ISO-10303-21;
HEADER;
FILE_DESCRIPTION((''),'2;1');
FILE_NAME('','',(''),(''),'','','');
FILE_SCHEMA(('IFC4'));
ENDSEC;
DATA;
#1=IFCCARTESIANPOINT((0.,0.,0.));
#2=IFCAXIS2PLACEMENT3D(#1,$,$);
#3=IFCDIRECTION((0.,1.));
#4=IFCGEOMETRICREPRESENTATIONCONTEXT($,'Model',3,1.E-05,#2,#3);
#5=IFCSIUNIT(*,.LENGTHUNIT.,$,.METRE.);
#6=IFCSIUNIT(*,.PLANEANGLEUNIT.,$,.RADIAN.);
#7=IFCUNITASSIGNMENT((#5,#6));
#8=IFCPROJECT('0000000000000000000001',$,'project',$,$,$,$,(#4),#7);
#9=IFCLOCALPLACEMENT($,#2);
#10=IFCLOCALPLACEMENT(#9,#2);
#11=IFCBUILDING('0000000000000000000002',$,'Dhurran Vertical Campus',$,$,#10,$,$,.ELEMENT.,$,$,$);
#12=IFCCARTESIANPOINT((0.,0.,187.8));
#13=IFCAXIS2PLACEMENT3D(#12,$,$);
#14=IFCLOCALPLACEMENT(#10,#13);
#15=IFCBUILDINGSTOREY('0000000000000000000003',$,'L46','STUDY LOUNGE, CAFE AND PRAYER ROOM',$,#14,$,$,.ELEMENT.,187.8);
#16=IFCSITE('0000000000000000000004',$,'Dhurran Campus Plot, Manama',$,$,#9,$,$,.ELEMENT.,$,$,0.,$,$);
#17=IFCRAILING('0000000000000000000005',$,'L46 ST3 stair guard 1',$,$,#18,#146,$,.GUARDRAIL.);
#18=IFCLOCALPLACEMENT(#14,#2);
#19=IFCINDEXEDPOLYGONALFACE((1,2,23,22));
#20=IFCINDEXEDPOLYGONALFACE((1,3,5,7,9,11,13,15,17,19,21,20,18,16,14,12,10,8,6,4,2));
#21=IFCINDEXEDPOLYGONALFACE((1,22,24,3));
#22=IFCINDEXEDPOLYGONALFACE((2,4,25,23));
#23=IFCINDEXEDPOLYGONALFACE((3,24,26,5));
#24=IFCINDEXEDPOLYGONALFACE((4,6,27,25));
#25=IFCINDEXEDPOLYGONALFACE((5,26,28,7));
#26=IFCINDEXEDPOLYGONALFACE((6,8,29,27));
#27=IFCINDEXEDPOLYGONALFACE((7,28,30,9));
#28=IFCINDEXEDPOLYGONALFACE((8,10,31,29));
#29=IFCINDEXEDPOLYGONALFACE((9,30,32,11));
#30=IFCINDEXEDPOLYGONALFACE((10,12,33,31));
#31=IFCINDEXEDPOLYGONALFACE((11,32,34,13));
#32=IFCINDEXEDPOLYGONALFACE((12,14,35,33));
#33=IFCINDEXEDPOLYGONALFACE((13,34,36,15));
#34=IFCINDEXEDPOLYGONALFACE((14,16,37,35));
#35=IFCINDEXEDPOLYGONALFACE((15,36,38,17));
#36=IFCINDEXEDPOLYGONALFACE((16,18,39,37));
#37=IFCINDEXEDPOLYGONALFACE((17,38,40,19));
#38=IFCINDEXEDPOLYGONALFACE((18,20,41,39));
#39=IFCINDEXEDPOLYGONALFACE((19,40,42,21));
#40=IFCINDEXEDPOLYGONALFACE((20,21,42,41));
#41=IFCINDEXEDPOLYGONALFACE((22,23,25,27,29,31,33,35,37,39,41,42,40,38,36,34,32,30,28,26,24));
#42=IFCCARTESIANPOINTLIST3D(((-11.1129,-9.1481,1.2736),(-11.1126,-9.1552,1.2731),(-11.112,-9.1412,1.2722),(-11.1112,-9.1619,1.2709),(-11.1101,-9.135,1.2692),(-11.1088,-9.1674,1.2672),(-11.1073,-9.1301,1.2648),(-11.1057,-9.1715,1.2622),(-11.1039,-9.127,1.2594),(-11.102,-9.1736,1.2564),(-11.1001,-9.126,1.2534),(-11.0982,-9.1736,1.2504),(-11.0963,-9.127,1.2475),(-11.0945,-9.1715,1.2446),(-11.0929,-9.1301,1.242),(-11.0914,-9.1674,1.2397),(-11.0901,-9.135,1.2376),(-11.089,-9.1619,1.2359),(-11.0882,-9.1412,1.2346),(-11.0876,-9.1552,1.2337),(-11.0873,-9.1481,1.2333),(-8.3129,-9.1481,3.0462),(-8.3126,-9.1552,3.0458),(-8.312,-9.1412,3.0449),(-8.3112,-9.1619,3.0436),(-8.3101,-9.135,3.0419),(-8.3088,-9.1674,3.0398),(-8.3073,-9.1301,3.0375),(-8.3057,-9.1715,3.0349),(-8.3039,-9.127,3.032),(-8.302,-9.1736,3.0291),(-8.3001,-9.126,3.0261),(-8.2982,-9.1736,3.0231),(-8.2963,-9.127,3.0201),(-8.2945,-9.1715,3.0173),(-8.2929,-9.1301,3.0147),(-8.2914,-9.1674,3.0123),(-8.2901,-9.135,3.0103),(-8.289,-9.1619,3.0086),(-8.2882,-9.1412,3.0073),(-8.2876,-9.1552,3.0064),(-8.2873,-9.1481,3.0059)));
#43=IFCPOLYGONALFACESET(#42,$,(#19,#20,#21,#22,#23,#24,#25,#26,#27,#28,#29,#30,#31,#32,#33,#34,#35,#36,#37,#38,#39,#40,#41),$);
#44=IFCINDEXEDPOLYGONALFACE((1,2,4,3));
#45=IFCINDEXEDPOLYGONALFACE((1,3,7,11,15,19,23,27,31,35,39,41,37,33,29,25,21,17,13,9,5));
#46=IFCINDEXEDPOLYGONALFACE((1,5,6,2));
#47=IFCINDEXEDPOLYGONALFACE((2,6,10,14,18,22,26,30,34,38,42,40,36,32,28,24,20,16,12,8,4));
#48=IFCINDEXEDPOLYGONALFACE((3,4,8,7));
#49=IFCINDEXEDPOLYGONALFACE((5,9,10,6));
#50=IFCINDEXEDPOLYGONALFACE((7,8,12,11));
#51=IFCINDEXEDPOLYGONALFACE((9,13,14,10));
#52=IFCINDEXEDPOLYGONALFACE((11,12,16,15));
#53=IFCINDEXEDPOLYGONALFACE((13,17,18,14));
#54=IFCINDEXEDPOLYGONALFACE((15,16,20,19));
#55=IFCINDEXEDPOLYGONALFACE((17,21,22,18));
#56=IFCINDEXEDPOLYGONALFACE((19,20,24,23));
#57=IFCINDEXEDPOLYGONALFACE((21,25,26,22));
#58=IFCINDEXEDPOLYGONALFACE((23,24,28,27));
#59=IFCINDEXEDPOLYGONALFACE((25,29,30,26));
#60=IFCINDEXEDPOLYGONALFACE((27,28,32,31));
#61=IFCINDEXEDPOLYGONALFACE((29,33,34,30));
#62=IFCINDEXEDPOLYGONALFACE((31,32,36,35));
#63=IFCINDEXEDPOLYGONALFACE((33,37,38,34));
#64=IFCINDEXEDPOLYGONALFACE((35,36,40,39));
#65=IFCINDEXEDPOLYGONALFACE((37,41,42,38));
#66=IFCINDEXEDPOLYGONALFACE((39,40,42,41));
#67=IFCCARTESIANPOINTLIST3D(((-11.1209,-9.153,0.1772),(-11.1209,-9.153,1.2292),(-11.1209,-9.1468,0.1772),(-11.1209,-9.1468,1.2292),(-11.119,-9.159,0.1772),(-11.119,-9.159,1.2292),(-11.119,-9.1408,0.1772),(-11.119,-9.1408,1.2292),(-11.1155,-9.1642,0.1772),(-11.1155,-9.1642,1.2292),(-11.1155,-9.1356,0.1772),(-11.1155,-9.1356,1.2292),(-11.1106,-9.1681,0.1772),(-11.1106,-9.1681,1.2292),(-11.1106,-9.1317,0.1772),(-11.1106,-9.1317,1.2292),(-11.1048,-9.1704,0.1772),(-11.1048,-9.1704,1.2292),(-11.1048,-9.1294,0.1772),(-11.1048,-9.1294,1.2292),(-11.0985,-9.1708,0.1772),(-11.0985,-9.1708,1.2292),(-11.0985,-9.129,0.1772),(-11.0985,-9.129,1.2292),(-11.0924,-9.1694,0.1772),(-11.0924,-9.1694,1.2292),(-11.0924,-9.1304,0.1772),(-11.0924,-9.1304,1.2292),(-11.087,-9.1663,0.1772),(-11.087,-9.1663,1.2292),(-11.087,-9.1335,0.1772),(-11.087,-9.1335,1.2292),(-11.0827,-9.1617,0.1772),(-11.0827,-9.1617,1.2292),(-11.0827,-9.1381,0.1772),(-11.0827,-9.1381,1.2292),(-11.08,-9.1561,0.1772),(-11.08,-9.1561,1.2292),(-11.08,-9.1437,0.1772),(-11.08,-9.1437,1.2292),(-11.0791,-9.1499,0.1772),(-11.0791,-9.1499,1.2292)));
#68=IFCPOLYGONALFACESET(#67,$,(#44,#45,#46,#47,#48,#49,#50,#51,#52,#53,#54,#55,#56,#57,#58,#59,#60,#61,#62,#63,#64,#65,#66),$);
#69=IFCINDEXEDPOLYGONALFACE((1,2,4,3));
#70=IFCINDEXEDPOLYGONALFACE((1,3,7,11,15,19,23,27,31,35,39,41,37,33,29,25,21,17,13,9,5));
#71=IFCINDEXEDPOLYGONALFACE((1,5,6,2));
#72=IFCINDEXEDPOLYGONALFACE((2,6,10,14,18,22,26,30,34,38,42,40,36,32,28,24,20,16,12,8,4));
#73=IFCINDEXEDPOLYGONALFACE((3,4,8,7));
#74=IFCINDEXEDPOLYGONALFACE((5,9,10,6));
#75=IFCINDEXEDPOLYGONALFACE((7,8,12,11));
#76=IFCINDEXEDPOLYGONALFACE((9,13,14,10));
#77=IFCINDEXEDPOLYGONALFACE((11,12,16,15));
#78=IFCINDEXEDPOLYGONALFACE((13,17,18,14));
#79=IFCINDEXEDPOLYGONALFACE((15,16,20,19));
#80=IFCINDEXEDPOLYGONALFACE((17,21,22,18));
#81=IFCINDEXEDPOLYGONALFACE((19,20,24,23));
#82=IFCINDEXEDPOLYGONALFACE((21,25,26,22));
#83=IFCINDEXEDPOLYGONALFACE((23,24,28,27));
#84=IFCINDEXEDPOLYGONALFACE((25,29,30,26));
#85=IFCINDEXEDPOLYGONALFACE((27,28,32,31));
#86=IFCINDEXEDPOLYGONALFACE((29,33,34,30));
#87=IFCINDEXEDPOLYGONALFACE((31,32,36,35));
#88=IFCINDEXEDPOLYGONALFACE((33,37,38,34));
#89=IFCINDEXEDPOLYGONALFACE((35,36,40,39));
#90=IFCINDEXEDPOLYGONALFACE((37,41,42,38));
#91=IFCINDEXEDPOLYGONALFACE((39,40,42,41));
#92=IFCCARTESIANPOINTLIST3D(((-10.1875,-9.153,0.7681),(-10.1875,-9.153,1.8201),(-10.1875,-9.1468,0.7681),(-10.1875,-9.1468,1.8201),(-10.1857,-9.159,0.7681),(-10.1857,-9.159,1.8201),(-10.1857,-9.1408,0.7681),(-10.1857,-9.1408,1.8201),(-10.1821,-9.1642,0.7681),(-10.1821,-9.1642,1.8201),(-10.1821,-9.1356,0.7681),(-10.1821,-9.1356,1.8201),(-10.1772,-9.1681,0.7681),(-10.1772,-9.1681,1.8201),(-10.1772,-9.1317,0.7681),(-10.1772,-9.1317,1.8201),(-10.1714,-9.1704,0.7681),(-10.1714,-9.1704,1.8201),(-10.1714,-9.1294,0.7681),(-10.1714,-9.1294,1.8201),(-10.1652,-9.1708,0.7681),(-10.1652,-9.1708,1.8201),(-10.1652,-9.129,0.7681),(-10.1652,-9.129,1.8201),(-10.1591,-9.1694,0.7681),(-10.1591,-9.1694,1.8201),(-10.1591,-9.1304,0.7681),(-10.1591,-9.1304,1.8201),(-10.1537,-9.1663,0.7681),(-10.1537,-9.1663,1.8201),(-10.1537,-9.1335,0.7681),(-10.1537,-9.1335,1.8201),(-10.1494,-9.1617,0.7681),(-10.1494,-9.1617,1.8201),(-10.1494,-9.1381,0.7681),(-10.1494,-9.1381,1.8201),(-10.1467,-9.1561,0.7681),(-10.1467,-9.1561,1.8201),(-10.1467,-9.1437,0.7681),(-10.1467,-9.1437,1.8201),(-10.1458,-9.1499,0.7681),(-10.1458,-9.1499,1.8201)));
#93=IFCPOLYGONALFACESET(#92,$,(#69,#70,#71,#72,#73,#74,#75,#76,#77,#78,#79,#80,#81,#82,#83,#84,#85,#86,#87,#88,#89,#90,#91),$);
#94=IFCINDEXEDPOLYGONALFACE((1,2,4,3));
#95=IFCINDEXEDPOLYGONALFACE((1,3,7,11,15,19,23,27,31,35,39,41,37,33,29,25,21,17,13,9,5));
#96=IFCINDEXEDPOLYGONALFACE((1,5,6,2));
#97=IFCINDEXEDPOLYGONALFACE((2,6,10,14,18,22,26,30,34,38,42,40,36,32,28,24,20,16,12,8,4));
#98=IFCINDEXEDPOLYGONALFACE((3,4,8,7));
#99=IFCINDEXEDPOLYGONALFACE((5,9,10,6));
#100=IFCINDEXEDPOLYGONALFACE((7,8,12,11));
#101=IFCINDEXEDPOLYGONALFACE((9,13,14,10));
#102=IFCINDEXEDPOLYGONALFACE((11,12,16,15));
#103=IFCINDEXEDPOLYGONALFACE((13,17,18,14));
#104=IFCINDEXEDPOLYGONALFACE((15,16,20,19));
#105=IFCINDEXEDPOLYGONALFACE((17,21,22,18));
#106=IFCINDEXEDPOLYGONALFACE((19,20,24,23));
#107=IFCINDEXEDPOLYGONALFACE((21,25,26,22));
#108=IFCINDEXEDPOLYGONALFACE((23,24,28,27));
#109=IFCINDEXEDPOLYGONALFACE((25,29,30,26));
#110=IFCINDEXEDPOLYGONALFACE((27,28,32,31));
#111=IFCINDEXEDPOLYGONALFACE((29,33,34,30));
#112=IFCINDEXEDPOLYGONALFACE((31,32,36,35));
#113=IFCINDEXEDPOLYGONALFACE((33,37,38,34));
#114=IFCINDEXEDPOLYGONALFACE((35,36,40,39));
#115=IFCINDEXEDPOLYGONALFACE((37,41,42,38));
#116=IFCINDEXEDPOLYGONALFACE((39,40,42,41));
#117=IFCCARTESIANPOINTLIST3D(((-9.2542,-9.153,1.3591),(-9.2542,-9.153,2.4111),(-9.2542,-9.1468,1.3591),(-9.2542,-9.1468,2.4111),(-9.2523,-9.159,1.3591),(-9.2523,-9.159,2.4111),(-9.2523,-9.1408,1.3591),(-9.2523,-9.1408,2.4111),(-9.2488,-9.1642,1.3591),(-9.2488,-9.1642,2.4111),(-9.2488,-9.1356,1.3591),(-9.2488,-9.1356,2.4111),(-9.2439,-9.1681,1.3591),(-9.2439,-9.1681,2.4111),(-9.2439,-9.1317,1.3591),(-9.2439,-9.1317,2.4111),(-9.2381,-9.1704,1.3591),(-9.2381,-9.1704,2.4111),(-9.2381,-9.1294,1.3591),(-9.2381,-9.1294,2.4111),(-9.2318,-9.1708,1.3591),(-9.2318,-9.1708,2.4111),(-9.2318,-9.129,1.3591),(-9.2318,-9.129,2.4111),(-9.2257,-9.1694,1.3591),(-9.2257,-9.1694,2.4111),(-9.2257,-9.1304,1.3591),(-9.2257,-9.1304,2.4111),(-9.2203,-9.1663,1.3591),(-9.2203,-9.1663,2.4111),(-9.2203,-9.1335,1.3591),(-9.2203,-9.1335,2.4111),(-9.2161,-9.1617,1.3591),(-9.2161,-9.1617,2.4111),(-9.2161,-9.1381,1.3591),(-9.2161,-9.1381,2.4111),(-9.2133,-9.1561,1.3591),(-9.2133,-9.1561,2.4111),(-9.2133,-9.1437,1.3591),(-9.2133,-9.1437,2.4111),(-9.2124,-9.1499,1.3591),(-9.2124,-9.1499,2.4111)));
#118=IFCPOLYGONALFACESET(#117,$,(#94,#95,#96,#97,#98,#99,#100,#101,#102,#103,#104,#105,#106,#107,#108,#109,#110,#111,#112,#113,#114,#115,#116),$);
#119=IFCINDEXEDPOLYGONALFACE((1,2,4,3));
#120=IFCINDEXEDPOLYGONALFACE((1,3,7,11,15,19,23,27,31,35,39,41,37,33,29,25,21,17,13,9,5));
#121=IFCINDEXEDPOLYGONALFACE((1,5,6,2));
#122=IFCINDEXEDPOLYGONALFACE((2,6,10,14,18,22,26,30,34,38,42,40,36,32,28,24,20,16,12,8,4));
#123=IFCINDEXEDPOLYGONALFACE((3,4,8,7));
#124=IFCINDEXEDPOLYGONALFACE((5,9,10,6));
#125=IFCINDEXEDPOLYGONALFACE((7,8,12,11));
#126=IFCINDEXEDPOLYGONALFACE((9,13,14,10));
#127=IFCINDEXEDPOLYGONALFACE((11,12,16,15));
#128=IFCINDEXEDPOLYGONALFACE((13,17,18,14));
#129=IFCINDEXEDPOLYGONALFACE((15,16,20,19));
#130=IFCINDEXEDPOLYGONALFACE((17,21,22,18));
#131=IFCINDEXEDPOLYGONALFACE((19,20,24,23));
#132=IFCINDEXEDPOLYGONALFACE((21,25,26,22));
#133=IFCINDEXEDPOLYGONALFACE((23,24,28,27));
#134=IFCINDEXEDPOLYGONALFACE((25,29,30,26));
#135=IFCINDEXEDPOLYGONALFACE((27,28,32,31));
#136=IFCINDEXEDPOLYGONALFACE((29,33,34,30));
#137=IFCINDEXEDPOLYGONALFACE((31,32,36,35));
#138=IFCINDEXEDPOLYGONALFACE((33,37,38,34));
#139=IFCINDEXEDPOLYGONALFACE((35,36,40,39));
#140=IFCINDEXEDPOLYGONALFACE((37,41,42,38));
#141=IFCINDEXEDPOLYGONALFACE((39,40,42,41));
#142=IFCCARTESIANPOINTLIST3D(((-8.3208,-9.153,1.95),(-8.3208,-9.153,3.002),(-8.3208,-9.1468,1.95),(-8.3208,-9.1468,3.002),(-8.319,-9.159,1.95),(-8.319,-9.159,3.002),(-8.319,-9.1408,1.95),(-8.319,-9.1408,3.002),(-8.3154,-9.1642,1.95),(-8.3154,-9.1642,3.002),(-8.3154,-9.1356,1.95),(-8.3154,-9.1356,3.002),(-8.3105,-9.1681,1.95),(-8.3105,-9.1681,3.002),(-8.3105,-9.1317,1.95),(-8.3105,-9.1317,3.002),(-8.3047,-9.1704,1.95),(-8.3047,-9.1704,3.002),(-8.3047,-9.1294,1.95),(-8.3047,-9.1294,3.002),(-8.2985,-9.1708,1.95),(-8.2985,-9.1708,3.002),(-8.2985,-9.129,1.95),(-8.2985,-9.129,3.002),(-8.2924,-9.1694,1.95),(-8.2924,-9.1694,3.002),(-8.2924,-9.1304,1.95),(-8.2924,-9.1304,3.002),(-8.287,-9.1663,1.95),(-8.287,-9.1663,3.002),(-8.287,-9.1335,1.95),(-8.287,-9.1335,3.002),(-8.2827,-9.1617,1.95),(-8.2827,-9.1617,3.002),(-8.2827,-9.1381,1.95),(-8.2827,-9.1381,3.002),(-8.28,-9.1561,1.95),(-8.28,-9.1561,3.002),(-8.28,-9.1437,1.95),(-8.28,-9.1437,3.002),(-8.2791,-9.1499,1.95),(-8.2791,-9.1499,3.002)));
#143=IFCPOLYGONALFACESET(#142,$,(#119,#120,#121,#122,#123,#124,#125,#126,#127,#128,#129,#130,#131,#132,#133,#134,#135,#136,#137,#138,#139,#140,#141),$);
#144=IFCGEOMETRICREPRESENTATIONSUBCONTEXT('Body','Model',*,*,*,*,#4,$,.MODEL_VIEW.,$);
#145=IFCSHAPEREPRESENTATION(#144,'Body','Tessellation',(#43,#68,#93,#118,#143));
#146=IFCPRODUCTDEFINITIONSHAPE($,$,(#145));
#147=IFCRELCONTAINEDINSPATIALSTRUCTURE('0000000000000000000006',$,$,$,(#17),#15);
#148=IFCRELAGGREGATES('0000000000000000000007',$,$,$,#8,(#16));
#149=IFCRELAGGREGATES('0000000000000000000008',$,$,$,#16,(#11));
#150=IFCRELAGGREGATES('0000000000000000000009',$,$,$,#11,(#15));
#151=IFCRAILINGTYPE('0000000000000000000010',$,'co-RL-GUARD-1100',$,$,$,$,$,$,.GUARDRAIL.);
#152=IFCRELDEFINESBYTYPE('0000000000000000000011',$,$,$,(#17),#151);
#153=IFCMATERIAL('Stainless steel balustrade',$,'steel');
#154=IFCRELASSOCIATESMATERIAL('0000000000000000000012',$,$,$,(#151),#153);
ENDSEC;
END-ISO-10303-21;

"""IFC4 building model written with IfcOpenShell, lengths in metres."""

from ifc_helpers import new_model, si_unit, direction, frame, origin, origin_2d, place, context, subcontext, project, spatial, circle, extrude, material, type_object, element, save


model = new_model("IFC4")

# Units and contexts
model_context = context("Model", 3, precision=1e-05, world=origin(), true_north=direction((0.0, 1.0)))
body_context = subcontext(model_context, "Body", "Model", "MODEL_VIEW")
ifc_project = project(units=[si_unit("LENGTHUNIT", "METRE"), si_unit("PLANEANGLEUNIT", "RADIAN")], contexts=[model_context])

# Site, building, storey
site_placement = place(None, origin())
site = spatial("IfcSite", under=ifc_project, at=site_placement, Name="Dhurran Campus Plot, Manama", CompositionType="ELEMENT", RefElevation=0.0)
building_placement = place(site_placement, origin())
building = spatial("IfcBuilding", under=site, at=building_placement, Name="Dhurran Vertical Campus", CompositionType="ELEMENT")
storey_placement = place(building_placement, frame((0.0, 0.0, 187.8)))
storey = spatial("IfcBuildingStorey", under=building, at=storey_placement, Name="L46", Description="STUDY LOUNGE, CAFE AND PRAYER ROOM", CompositionType="ELEMENT", Elevation=187.8)

# Railing
ifc_material_1 = material(Name="Stainless steel balustrade", Category="steel")
railing_type_1 = type_object("IfcRailingType", Name="co-RL-GUARD-1100", PredefinedType="GUARDRAIL", material=ifc_material_1)
railing_1_placement = place(storey_placement, frame((-11.1001, -9.1499, 0.1772)))
element("IfcRailing", 1, at=railing_1_placement, inside=storey, type_object=railing_type_1, Name="L46 ST3 stair guard 1", PredefinedType="GUARDRAIL", context=body_context, shape_type="SweptSolid", body=[
    extrude(circle(Radius=0.0239, at=origin_2d()), frame((0.0, 0.0, 1.0762), z_axis=(0.844909, 0.0, 0.53491), x_axis=(0.0, 1.0, 0.0)), (0.0, 0.0, 1.0), 3.314),
    extrude(circle(Radius=0.021, at=origin_2d()), origin(), (0.0, 0.0, 1.0), 1.052),
    extrude(circle(Radius=0.021, at=origin_2d()), frame((0.9333, 0.0, 0.5908)), (0.0, 0.0, 1.0), 1.052),
    extrude(circle(Radius=0.021, at=origin_2d()), frame((1.8667, 0.0, 1.1819)), (0.0, 0.0, 1.0), 1.052),
    extrude(circle(Radius=0.021, at=origin_2d()), frame((2.8, 0.0, 1.7727)), (0.0, 0.0, 1.0), 1.052),
])

save(model, "model.ifc")
